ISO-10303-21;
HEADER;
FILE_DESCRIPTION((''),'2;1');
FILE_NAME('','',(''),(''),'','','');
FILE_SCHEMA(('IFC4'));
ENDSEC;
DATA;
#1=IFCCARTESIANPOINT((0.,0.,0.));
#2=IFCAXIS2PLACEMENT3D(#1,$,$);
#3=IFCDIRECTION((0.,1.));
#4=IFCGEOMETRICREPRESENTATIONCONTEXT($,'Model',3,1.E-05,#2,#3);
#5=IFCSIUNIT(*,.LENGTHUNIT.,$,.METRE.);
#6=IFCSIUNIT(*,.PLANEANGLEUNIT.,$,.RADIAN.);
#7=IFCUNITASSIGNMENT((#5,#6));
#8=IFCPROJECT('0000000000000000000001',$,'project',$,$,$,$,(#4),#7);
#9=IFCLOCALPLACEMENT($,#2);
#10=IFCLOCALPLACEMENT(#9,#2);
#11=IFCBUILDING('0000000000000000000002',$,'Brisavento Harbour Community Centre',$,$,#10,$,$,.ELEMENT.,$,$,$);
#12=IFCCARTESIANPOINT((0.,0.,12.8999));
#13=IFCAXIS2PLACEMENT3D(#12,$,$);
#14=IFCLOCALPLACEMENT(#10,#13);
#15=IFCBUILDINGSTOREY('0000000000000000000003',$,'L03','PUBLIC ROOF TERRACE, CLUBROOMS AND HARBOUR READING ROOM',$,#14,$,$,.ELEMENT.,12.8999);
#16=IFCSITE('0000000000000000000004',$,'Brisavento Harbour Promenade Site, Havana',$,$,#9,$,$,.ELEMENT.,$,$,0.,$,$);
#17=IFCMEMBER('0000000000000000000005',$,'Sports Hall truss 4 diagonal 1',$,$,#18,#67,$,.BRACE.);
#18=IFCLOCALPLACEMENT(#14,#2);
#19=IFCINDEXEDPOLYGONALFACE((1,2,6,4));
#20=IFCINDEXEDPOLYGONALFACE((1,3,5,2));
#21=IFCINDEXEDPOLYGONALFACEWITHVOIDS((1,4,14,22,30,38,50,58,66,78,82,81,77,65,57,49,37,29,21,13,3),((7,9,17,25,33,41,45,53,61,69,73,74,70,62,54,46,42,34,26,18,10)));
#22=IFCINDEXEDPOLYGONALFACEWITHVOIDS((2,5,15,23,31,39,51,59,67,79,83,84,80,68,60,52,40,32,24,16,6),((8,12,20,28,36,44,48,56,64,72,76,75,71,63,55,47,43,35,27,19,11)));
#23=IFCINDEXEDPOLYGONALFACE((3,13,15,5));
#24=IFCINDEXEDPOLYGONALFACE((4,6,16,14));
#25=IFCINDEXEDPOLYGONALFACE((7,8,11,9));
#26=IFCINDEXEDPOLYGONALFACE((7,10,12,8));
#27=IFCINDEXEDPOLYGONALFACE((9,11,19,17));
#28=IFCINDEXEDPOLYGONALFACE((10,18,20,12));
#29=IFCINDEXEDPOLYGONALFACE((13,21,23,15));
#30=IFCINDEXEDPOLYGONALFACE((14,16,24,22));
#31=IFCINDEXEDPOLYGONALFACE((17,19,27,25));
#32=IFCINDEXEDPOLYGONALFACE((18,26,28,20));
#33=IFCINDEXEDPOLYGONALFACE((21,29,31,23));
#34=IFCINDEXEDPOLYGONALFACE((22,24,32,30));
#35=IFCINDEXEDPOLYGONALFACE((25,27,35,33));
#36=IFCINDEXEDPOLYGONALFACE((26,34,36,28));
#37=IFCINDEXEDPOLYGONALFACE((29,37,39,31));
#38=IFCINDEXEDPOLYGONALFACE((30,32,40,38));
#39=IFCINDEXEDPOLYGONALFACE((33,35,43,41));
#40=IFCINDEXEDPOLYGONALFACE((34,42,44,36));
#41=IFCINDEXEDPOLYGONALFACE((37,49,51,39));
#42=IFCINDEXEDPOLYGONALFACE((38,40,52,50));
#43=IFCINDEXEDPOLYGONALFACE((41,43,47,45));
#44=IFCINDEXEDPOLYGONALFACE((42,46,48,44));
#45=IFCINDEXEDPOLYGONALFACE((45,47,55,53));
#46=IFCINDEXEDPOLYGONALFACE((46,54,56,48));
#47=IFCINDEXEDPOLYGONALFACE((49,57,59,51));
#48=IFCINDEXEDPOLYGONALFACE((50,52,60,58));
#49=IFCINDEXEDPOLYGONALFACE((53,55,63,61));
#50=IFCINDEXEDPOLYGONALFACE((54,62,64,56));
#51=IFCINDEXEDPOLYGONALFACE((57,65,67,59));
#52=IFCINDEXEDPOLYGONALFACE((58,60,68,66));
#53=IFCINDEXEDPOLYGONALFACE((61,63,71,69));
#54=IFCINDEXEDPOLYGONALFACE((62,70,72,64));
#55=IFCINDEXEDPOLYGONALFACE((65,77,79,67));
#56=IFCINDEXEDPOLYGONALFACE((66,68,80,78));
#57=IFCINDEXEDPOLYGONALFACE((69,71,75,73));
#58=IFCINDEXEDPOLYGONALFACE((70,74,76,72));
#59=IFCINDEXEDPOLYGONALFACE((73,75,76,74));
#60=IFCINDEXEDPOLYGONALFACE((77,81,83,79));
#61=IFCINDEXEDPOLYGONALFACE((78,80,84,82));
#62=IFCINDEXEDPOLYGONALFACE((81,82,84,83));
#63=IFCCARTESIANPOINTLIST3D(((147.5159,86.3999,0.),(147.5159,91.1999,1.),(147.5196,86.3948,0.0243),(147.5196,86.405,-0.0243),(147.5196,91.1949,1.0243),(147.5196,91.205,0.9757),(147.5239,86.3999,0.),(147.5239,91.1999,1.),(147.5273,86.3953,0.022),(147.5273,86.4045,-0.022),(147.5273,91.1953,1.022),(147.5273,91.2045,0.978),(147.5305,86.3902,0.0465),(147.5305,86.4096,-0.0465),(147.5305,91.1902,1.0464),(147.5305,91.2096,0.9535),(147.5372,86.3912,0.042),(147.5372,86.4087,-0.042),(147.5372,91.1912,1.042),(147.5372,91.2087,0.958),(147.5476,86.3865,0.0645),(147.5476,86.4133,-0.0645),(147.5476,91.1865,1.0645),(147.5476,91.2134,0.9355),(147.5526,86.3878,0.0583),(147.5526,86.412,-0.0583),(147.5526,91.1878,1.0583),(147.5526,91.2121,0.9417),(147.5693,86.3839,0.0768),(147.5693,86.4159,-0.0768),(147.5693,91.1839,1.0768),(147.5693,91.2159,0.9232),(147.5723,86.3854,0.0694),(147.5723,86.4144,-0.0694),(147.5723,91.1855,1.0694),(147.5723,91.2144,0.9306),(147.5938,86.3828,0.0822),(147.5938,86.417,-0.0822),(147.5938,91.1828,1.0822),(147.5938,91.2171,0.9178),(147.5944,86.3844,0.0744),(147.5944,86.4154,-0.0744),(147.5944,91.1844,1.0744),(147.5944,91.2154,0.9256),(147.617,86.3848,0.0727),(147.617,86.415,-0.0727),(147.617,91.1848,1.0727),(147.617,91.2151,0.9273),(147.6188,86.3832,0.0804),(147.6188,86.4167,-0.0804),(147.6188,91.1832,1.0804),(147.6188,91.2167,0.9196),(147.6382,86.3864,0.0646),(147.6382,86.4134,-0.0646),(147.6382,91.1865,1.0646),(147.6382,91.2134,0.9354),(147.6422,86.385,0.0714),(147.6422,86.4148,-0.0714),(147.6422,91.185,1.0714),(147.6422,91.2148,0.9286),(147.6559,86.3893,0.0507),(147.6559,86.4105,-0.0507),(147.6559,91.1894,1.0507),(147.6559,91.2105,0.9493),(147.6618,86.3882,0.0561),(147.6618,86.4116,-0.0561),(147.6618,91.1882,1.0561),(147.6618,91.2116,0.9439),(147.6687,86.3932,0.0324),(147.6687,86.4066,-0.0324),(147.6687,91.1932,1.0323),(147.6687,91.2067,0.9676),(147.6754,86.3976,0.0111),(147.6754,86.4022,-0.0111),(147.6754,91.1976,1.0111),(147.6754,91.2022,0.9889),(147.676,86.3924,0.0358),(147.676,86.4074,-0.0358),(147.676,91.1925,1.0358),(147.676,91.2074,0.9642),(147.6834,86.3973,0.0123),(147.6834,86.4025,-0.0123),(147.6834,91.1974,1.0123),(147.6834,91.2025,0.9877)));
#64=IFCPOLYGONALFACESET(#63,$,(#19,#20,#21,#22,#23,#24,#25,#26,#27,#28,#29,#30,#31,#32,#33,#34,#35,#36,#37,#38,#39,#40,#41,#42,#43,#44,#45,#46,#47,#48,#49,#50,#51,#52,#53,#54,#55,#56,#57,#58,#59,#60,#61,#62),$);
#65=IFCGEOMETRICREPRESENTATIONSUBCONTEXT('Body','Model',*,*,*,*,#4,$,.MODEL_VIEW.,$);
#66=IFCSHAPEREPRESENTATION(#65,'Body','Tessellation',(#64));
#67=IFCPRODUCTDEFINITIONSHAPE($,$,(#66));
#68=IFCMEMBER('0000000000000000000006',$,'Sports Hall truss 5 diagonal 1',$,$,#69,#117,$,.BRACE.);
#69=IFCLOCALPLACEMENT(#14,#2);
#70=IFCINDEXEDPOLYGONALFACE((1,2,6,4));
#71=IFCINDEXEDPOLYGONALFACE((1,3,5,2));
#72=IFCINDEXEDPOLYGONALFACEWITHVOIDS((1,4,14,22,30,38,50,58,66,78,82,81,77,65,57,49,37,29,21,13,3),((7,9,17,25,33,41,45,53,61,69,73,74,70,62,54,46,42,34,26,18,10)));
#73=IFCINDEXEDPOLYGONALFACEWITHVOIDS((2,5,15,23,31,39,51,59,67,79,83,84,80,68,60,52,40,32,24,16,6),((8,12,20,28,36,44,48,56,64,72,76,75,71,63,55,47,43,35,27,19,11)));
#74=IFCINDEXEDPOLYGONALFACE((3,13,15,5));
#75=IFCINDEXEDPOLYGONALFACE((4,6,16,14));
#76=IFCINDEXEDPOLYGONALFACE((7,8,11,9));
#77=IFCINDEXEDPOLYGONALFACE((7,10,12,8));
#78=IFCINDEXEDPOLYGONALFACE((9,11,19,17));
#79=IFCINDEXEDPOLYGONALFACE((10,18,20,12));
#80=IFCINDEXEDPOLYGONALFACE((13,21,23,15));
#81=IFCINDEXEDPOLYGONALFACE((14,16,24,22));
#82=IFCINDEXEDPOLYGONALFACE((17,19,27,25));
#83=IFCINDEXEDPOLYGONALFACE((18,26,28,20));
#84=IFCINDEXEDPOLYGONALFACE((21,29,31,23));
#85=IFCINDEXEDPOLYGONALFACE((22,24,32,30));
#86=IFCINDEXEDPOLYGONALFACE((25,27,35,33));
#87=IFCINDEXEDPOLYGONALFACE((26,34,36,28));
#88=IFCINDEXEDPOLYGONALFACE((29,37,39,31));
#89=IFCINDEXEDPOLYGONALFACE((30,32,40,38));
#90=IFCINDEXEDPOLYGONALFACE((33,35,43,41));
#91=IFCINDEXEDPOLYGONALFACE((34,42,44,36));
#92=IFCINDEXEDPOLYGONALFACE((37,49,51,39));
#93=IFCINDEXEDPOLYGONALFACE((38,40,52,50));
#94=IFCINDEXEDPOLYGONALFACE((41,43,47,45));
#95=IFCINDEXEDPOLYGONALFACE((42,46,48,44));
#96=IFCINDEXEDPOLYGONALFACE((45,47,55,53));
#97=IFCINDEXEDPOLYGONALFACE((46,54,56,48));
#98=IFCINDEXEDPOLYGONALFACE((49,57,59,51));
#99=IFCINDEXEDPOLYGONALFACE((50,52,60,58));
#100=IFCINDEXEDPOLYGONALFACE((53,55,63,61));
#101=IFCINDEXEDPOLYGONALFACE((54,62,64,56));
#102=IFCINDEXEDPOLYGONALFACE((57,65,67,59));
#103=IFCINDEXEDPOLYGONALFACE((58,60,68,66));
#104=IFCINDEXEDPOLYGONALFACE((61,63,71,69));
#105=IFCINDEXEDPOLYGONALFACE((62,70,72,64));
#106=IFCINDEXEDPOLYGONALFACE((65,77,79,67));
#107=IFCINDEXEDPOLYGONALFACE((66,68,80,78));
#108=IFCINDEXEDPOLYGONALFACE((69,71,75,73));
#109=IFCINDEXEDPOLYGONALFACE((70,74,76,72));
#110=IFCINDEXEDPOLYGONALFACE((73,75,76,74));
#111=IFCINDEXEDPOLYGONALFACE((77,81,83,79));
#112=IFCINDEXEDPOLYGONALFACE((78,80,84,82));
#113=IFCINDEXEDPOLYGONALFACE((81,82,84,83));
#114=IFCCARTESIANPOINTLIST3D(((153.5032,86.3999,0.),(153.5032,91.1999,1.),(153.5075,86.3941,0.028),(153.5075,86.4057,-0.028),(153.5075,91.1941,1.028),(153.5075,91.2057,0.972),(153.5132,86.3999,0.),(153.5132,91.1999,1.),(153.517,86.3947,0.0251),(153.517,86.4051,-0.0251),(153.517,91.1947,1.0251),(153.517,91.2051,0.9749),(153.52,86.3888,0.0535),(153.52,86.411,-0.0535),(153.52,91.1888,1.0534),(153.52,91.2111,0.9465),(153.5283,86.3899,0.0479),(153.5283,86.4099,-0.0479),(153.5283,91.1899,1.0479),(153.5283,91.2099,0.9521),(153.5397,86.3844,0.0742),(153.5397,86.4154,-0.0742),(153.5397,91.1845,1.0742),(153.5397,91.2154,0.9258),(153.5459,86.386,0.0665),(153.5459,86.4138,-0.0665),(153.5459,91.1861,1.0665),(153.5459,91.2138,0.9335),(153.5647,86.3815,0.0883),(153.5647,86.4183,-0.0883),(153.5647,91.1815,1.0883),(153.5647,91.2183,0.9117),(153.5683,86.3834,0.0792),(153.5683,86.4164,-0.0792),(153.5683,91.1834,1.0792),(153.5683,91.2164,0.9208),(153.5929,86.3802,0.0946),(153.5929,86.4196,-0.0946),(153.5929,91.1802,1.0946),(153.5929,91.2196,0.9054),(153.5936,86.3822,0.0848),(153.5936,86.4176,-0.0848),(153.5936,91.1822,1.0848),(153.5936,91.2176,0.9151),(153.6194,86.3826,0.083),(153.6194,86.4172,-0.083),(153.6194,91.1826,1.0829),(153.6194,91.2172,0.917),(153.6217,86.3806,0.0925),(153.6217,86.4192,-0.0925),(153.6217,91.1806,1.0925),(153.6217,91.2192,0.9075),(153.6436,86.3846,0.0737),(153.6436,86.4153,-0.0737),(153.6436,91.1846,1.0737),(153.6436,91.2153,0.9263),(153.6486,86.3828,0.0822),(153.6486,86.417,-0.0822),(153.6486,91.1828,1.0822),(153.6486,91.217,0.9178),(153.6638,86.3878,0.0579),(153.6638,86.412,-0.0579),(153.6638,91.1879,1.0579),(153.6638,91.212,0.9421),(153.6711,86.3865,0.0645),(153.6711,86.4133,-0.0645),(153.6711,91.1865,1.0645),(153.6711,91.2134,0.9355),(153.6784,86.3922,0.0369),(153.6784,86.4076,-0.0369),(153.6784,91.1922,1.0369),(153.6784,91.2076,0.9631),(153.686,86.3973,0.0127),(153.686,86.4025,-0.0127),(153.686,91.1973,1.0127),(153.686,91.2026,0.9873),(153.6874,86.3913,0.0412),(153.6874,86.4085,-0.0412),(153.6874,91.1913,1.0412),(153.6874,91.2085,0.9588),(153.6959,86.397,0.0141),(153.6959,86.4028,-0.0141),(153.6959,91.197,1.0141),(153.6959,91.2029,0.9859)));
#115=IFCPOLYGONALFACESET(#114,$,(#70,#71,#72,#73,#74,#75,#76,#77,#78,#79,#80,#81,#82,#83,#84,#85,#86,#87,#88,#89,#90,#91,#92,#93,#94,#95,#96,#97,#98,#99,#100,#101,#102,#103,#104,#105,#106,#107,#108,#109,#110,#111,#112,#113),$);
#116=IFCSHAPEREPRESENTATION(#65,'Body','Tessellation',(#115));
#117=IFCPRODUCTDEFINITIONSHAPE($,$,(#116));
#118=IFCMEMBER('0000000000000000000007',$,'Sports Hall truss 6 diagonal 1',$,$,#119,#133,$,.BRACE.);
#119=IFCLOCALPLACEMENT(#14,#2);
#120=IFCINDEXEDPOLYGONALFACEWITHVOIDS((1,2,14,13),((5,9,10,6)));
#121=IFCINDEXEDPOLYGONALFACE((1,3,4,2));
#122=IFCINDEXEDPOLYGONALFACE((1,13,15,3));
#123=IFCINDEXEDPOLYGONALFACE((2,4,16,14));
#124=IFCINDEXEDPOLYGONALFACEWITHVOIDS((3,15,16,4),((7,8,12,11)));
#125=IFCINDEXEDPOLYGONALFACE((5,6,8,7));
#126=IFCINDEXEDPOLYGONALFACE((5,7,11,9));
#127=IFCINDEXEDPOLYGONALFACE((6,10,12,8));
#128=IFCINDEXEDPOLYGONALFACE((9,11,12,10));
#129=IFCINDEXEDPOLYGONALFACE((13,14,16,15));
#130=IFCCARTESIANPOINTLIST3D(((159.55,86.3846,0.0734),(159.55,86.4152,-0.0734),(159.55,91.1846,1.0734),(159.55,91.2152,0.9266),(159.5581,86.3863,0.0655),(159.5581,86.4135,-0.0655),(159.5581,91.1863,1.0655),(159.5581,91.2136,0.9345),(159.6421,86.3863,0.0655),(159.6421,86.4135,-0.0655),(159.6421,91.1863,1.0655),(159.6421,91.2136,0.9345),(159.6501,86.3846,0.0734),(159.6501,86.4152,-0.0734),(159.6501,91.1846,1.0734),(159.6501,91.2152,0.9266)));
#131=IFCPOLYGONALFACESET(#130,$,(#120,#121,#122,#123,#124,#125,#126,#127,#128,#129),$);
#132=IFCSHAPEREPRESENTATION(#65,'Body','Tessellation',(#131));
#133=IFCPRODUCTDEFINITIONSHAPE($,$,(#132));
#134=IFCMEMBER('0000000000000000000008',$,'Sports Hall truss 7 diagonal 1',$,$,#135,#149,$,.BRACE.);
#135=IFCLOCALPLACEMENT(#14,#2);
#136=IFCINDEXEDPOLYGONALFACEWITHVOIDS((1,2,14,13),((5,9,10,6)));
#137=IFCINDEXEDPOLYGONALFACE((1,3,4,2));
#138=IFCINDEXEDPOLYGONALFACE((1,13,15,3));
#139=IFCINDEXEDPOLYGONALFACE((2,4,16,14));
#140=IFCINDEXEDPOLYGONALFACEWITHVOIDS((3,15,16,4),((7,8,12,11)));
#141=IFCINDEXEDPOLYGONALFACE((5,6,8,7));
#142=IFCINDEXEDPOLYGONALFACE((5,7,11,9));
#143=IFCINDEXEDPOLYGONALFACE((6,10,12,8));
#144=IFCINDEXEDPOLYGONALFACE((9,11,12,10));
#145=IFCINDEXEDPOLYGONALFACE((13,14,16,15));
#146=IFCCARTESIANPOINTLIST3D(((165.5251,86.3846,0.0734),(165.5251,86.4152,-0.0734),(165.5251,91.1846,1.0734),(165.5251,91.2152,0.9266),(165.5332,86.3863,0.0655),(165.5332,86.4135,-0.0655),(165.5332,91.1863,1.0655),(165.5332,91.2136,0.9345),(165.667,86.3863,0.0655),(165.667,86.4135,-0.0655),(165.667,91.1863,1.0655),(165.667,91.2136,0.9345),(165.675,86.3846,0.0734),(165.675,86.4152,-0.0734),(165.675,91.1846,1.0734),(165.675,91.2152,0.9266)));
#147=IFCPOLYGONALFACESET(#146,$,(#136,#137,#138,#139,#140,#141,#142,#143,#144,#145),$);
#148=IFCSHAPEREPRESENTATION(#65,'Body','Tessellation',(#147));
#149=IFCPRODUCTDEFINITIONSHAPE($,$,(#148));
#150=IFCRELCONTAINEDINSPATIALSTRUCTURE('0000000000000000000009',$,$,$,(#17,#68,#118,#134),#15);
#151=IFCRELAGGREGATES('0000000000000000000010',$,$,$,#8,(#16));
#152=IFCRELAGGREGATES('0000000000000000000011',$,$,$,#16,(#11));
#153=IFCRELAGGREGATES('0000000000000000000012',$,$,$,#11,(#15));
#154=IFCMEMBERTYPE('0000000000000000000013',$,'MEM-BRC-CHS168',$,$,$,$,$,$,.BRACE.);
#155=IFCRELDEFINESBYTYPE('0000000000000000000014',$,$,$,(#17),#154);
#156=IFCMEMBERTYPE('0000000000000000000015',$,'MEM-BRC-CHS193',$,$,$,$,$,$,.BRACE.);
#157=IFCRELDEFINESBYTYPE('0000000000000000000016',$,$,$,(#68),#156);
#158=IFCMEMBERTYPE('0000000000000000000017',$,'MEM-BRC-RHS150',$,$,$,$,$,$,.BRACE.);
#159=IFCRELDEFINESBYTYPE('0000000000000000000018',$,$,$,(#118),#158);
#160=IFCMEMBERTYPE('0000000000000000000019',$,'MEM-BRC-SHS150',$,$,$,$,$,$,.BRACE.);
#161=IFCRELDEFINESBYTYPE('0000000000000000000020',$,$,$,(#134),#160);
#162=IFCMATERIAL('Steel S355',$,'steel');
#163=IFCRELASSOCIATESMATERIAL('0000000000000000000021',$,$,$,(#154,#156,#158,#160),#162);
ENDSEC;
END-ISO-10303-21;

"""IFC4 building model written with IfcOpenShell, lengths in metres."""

from ifc_helpers import new_model, si_unit, direction, frame, origin, origin_2d, place, context, subcontext, project, spatial, hollow_rectangle, hollow_circle, extrude, material, material_profile, profile_set, type_object, element, save


model = new_model("IFC4")

# Units and contexts
model_context = context("Model", 3, precision=1e-05, world=origin(), true_north=direction((0.0, 1.0)))
body_context = subcontext(model_context, "Body", "Model", "MODEL_VIEW")
ifc_project = project(units=[si_unit("LENGTHUNIT", "METRE"), si_unit("PLANEANGLEUNIT", "RADIAN")], contexts=[model_context])

# Site, building, storey
site_placement = place(None, origin())
site = spatial("IfcSite", under=ifc_project, at=site_placement, Name="Brisavento Harbour Promenade Site, Havana", CompositionType="ELEMENT", RefElevation=0.0)
building_placement = place(site_placement, origin())
building = spatial("IfcBuilding", under=site, at=building_placement, Name="Brisavento Harbour Community Centre", CompositionType="ELEMENT")
storey_placement = place(building_placement, frame((0.0, 0.0, 12.8999)))
storey = spatial("IfcBuildingStorey", under=building, at=storey_placement, Name="L03", Description="PUBLIC ROOF TERRACE, CLUBROOMS AND HARBOUR READING ROOM", CompositionType="ELEMENT", Elevation=12.8999)

# Members
ifc_material_1 = material(Name="Steel S355", Category="steel")
ifc_material_profile_1 = material_profile(ifc_material_1, hollow_circle(Radius=0.0842, WallThickness=0.0081, at=origin_2d()), Name="Steel S355")
ifc_profile_set_1 = profile_set([ifc_material_profile_1], Name="Steel S355")
member_type_1 = type_object("IfcMemberType", Name="MEM-BRC-CHS168", PredefinedType="BRACE", material=ifc_profile_set_1)
member_1_placement = place(storey_placement, frame((147.6001, 86.3999, 0.0), z_axis=(0.0, 0.978981, 0.203952), x_axis=(-1.0, 0.0, 0.0)))
element("IfcMember", 1, at=member_1_placement, inside=storey, type_object=member_type_1, Name="Sports Hall truss 4 diagonal 1", PredefinedType="BRACE", context=body_context, shape_type="SweptSolid", body=[
    extrude(hollow_circle(Radius=0.0842, WallThickness=0.0081, at=origin_2d()), origin(), (0.0, 0.0, 1.0), 4.9031),
])
ifc_material_profile_2 = material_profile(ifc_material_1, hollow_circle(Radius=0.0969, WallThickness=0.01, at=origin_2d()), Name="Steel S355")
ifc_profile_set_2 = profile_set([ifc_material_profile_2], Name="Steel S355")
member_type_2 = type_object("IfcMemberType", Name="MEM-BRC-CHS193", PredefinedType="BRACE", material=ifc_profile_set_2)
member_2_placement = place(storey_placement, frame((153.6001, 86.3999, 0.0), z_axis=(0.0, 0.978981, 0.203952), x_axis=(-1.0, 0.0, 0.0)))
element("IfcMember", 2, at=member_2_placement, inside=storey, type_object=member_type_2, Name="Sports Hall truss 5 diagonal 1", PredefinedType="BRACE", context=body_context, shape_type="SweptSolid", body=[
    extrude(hollow_circle(Radius=0.0969, WallThickness=0.01, at=origin_2d()), origin(), (0.0, 0.0, 1.0), 4.9031),
])
ifc_material_profile_3 = material_profile(ifc_material_1, hollow_rectangle(XDim=0.1001, YDim=0.1499, WallThickness=0.0081, at=origin_2d()), Name="Steel S355")
ifc_profile_set_3 = profile_set([ifc_material_profile_3], Name="Steel S355")
member_type_3 = type_object("IfcMemberType", Name="MEM-BRC-RHS150", PredefinedType="BRACE", material=ifc_profile_set_3)
member_3_placement = place(storey_placement, frame((159.6001, 86.3999, 0.0), z_axis=(0.0, 0.978981, 0.203952), x_axis=(-1.0, 0.0, 0.0)))
element("IfcMember", 3, at=member_3_placement, inside=storey, type_object=member_type_3, Name="Sports Hall truss 6 diagonal 1", PredefinedType="BRACE", context=body_context, shape_type="SweptSolid", body=[
    extrude(hollow_rectangle(XDim=0.1001, YDim=0.1499, WallThickness=0.0081, at=origin_2d()), origin(), (0.0, 0.0, 1.0), 4.9031),
])
ifc_material_profile_4 = material_profile(ifc_material_1, hollow_rectangle(XDim=0.1499, YDim=0.1499, WallThickness=0.0081, at=origin_2d()), Name="Steel S355")
ifc_profile_set_4 = profile_set([ifc_material_profile_4], Name="Steel S355")
member_type_4 = type_object("IfcMemberType", Name="MEM-BRC-SHS150", PredefinedType="BRACE", material=ifc_profile_set_4)
member_4_placement = place(storey_placement, frame((165.6001, 86.3999, 0.0), z_axis=(0.0, 0.978981, 0.203952), x_axis=(-1.0, 0.0, 0.0)))
element("IfcMember", 4, at=member_4_placement, inside=storey, type_object=member_type_4, Name="Sports Hall truss 7 diagonal 1", PredefinedType="BRACE", context=body_context, shape_type="SweptSolid", body=[
    extrude(hollow_rectangle(XDim=0.1499, YDim=0.1499, WallThickness=0.0081, at=origin_2d()), origin(), (0.0, 0.0, 1.0), 4.9031),
])

save(model, "model.ifc")
